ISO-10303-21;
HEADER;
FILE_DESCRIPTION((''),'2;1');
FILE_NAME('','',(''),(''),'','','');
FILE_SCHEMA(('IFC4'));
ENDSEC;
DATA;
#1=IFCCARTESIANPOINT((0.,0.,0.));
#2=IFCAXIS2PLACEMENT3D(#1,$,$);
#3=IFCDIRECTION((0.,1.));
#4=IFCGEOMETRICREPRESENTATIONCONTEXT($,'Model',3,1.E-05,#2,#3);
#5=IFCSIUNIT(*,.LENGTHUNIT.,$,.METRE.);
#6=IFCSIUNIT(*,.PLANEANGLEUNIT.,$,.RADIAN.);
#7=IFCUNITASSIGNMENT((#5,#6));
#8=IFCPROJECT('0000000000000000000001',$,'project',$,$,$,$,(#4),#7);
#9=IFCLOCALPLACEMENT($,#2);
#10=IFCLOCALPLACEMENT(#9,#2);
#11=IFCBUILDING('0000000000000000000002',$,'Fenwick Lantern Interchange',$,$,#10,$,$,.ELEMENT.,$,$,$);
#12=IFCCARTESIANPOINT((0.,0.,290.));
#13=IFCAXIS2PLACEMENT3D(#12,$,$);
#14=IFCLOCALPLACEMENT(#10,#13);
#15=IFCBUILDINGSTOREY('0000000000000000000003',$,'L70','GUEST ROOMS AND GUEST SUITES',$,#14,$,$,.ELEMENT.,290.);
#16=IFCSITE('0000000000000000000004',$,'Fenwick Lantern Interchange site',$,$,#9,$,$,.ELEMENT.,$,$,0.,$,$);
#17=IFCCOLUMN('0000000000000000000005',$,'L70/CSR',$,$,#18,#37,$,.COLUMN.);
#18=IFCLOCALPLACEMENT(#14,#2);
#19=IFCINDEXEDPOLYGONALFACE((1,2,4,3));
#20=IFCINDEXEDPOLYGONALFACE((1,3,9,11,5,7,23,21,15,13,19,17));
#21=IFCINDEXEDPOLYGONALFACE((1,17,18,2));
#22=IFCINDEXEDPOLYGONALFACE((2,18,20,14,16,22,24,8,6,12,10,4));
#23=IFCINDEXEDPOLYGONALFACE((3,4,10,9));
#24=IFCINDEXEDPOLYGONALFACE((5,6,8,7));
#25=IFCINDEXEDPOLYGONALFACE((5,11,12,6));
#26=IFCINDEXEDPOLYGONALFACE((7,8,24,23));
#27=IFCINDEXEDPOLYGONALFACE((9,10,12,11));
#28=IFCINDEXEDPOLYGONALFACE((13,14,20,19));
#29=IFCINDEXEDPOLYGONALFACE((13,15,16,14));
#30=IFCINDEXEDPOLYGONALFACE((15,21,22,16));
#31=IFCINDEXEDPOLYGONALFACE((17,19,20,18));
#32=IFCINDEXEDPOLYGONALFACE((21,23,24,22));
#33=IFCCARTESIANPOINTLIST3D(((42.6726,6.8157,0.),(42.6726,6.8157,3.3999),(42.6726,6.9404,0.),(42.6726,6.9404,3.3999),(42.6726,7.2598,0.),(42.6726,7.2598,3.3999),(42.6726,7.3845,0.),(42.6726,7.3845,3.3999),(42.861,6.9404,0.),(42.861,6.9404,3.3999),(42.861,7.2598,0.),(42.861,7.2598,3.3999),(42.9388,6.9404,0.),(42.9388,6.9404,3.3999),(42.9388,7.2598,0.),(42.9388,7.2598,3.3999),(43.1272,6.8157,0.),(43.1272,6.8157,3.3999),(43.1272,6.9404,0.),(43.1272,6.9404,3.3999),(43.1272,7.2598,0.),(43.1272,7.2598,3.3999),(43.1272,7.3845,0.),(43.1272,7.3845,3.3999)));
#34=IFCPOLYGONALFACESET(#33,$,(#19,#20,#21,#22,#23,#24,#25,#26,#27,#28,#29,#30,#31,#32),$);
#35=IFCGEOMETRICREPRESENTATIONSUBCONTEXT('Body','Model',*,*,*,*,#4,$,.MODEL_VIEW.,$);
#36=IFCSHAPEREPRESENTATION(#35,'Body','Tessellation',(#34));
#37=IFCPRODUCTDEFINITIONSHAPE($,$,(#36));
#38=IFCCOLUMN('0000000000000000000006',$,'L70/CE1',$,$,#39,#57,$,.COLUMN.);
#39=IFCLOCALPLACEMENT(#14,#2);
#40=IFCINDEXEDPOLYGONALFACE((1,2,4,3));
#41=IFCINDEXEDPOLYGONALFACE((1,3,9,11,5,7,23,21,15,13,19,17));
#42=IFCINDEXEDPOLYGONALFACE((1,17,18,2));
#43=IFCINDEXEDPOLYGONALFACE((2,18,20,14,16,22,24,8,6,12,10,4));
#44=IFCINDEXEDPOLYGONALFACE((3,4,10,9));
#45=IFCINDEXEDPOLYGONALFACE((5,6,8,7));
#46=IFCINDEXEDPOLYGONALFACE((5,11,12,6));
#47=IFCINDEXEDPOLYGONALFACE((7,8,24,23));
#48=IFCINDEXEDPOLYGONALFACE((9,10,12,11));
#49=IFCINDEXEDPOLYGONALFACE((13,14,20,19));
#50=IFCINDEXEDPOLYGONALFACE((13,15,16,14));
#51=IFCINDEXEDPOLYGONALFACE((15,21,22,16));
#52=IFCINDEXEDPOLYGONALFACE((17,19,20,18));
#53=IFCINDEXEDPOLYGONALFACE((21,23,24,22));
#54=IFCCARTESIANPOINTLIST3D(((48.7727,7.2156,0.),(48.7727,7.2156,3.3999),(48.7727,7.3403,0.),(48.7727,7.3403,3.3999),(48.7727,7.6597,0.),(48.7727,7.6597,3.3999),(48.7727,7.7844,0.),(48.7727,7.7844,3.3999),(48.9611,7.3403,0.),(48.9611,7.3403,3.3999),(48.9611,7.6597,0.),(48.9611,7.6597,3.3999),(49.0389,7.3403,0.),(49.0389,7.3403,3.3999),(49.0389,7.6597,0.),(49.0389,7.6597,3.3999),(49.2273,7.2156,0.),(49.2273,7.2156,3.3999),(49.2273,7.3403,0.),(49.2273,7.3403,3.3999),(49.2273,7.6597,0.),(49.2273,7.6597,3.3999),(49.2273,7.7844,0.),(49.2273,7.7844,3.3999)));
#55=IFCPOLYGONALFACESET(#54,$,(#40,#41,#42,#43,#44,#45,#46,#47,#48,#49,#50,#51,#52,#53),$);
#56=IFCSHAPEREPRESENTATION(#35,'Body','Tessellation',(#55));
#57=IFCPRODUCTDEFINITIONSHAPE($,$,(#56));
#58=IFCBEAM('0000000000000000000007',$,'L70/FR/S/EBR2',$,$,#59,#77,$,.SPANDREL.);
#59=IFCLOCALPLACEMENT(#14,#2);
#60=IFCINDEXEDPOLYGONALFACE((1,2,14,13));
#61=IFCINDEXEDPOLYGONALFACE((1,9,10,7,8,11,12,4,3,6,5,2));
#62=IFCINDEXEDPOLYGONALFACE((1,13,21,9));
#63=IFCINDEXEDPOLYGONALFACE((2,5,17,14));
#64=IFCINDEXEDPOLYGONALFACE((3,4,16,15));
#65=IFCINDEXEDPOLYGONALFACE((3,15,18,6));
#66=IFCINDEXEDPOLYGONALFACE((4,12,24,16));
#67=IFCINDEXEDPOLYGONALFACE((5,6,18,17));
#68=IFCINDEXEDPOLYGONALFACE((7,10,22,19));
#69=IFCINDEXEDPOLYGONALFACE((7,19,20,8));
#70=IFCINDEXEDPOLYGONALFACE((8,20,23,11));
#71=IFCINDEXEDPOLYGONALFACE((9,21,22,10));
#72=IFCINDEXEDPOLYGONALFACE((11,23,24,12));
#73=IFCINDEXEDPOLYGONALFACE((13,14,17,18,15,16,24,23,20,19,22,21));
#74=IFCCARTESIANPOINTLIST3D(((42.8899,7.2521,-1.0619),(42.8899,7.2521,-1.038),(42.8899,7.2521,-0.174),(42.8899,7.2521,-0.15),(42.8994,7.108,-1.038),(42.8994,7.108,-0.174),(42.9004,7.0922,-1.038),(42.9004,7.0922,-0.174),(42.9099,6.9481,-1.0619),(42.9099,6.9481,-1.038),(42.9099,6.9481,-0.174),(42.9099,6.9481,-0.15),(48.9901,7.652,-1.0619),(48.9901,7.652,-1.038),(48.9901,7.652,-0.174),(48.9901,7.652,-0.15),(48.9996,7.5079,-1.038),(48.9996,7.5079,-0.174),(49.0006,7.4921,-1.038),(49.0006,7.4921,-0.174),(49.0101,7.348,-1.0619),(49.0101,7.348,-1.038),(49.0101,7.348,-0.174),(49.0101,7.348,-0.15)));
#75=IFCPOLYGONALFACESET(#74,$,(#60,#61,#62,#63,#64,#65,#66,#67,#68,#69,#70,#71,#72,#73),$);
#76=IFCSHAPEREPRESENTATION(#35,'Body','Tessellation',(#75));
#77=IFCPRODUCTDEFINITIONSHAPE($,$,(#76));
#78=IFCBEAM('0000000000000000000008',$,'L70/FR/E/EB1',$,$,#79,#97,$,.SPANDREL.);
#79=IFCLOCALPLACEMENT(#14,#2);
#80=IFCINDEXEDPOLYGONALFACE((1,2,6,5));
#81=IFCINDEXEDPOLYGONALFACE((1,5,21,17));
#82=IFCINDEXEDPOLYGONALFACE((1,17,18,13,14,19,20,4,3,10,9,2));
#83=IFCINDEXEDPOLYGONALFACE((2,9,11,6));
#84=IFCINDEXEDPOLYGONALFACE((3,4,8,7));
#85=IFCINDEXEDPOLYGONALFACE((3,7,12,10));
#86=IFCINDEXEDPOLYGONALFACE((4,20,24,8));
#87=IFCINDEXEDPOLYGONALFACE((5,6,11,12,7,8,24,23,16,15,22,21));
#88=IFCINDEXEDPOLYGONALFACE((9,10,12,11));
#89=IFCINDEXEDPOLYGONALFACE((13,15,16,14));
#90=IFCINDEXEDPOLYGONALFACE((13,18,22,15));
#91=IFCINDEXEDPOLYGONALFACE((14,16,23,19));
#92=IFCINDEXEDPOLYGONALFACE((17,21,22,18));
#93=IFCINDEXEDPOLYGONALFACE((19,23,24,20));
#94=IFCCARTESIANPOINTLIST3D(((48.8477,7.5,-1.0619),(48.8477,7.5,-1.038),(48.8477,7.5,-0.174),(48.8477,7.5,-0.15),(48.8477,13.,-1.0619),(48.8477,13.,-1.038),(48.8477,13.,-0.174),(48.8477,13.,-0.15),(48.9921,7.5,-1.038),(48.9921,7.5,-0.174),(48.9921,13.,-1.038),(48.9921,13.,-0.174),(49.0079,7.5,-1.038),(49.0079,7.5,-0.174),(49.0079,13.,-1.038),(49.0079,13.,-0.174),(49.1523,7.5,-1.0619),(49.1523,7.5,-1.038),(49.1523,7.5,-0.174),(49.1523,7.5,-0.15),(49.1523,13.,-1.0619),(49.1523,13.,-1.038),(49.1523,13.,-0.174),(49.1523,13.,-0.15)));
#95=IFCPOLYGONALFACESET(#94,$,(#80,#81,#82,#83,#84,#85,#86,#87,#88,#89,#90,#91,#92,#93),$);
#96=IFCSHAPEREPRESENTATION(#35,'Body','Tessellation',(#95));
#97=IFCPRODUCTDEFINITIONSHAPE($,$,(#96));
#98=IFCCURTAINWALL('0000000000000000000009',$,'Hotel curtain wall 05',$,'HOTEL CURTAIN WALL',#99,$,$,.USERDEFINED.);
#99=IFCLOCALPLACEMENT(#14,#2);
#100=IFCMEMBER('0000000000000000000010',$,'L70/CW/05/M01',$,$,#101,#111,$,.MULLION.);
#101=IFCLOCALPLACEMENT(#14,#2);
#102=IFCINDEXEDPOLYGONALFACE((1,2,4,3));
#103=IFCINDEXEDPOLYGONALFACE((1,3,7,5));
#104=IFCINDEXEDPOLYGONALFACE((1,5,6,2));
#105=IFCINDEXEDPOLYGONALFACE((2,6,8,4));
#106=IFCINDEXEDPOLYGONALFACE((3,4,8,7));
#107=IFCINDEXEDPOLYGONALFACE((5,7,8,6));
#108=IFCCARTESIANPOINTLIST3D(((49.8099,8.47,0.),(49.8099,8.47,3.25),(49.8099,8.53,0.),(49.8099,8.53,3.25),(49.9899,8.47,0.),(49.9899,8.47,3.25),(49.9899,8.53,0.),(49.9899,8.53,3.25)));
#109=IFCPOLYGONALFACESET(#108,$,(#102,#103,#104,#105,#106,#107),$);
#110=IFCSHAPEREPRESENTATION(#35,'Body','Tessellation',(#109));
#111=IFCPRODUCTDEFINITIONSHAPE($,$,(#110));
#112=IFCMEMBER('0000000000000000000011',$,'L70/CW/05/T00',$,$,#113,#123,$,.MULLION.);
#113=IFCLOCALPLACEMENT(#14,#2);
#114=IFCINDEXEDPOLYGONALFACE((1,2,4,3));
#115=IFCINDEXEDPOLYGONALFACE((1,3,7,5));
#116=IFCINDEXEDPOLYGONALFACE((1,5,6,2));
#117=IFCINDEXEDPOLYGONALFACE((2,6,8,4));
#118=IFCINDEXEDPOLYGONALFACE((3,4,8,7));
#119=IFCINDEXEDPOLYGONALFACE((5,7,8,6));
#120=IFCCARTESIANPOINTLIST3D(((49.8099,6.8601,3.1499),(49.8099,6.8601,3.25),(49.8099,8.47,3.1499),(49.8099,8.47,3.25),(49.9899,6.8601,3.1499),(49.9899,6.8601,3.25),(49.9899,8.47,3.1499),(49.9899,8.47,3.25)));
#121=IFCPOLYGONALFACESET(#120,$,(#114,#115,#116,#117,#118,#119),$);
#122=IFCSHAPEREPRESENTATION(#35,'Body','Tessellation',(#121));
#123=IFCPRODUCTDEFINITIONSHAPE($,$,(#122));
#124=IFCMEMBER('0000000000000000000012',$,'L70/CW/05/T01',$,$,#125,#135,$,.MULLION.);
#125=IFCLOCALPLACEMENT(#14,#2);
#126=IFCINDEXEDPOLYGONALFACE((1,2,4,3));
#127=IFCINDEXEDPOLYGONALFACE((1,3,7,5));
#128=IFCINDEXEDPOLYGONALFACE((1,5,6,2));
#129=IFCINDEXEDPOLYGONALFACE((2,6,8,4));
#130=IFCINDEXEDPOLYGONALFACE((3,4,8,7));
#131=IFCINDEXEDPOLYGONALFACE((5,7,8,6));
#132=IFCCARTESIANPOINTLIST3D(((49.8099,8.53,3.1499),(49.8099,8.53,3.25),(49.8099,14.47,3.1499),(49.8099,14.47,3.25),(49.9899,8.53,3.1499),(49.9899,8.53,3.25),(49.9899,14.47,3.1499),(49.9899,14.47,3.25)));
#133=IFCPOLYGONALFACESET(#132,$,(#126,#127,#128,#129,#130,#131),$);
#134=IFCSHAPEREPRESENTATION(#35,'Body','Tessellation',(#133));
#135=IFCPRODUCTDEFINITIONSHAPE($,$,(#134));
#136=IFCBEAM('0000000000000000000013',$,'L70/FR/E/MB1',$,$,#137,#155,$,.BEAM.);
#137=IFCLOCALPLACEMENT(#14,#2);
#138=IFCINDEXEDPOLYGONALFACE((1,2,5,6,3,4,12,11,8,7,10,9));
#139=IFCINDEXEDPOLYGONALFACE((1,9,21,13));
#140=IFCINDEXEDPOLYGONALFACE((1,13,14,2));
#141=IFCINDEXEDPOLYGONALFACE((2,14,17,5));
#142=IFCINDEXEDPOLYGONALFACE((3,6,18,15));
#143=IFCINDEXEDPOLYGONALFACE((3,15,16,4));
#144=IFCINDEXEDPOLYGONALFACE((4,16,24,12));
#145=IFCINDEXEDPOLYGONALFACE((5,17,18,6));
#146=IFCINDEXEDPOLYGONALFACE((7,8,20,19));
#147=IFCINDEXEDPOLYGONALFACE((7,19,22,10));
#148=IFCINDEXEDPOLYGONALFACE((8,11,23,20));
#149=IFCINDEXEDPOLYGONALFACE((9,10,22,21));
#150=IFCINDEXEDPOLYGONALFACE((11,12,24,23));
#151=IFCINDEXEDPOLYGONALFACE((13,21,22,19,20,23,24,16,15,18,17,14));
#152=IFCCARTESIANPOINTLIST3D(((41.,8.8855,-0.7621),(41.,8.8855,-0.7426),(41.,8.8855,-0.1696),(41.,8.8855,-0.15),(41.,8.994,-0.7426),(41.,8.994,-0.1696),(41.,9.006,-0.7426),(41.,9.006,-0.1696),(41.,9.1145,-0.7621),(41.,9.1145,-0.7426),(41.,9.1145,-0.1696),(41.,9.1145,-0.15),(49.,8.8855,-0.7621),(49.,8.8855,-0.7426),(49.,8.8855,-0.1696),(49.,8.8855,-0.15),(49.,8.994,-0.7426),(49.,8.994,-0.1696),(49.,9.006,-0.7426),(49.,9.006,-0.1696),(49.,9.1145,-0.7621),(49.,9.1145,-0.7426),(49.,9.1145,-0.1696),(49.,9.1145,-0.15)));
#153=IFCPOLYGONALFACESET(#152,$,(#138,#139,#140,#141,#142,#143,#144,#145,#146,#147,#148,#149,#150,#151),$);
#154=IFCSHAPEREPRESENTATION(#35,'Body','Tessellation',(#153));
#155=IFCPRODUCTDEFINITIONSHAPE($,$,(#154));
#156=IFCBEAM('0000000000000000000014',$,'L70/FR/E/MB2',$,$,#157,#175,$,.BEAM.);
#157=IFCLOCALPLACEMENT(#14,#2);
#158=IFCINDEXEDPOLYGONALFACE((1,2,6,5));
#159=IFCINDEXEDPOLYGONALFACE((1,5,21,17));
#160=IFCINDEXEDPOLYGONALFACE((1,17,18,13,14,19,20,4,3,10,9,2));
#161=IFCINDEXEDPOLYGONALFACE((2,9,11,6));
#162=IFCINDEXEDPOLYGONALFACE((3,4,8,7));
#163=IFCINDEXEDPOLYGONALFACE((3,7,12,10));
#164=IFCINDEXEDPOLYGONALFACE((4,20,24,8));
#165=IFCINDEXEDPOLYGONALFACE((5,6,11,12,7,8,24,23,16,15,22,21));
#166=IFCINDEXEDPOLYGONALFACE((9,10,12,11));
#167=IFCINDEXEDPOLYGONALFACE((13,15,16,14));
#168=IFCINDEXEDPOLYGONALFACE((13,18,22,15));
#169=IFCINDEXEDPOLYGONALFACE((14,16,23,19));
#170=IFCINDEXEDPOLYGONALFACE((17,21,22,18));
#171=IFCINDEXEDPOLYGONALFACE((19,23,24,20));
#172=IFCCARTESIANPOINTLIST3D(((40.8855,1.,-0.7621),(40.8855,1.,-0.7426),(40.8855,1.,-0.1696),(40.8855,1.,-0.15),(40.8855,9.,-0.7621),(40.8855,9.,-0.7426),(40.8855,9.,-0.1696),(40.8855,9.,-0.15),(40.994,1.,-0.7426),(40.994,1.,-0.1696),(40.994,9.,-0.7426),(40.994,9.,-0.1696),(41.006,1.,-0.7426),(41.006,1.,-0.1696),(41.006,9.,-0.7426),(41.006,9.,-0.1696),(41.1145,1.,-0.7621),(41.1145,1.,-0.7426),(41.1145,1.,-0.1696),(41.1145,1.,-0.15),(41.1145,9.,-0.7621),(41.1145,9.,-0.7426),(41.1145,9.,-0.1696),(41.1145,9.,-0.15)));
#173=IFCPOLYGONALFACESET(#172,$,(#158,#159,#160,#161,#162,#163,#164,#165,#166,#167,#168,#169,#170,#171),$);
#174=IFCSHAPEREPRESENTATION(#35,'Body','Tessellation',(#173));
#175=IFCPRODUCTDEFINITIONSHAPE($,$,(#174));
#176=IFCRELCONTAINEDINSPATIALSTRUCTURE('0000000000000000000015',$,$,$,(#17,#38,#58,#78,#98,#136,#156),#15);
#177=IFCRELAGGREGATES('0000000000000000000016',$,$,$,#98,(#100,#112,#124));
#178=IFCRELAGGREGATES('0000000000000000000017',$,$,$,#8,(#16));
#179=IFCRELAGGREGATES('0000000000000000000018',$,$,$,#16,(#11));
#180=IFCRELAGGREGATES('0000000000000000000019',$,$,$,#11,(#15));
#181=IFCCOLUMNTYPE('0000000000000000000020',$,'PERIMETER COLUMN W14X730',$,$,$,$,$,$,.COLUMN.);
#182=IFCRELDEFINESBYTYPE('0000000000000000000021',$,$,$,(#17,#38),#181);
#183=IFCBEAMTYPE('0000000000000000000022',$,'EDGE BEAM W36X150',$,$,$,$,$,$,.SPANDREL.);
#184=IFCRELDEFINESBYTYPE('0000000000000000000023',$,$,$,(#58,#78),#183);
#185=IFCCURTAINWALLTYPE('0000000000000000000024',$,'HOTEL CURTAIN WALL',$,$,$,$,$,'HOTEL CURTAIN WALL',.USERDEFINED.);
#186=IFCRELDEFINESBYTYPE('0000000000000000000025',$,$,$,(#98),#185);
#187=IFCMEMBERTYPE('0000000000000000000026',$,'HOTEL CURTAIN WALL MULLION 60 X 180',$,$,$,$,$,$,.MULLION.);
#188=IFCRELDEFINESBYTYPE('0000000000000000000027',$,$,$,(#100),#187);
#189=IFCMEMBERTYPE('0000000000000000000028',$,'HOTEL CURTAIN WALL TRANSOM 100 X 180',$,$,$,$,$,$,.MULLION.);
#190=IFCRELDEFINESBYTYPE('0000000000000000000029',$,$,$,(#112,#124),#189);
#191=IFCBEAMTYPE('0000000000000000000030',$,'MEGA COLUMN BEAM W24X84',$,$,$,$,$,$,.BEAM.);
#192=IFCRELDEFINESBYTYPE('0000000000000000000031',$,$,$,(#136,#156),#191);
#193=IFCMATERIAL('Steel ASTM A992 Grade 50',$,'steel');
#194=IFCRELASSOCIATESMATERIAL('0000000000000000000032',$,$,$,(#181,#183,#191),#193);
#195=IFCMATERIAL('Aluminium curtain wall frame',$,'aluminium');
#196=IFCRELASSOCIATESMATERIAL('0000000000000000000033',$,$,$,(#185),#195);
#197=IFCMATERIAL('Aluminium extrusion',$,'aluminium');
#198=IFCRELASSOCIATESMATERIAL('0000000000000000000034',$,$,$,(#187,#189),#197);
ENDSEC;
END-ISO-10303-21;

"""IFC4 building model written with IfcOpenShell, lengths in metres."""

from ifc_helpers import new_model, si_unit, direction, frame, origin, origin_2d, place, context, subcontext, project, spatial, rectangle, i_section, extrude, material, material_profile, profile_set, type_object, element, aggregate, save


model = new_model("IFC4")

# Units and contexts
model_context = context("Model", 3, precision=1e-05, world=origin(), true_north=direction((0.0, 1.0)))
body_context = subcontext(model_context, "Body", "Model", "MODEL_VIEW")
ifc_project = project(units=[si_unit("LENGTHUNIT", "METRE"), si_unit("PLANEANGLEUNIT", "RADIAN")], contexts=[model_context])

# Site, building, storey
site_placement = place(None, origin())
site = spatial("IfcSite", under=ifc_project, at=site_placement, Name="Fenwick Lantern Interchange site", CompositionType="ELEMENT", RefElevation=0.0)
building_placement = place(site_placement, origin())
building = spatial("IfcBuilding", under=site, at=building_placement, Name="Fenwick Lantern Interchange", CompositionType="ELEMENT")
storey_placement = place(building_placement, frame((0.0, 0.0, 290.0)))
storey = spatial("IfcBuildingStorey", under=building, at=storey_placement, Name="L70", Description="GUEST ROOMS AND GUEST SUITES", CompositionType="ELEMENT", Elevation=290.0)

# Columns
ifc_material_1 = material(Name="Steel ASTM A992 Grade 50", Category="steel")
ifc_material_profile_1 = material_profile(ifc_material_1, i_section(OverallWidth=0.4546, OverallDepth=0.5688, WebThickness=0.0779, FlangeThickness=0.1248, at=origin_2d()), Name="W14X730")
ifc_profile_set_1 = profile_set([ifc_material_profile_1], Name="Steel ASTM A992 Grade 50")
column_type = type_object("IfcColumnType", Name="PERIMETER COLUMN W14X730", PredefinedType="COLUMN", material=ifc_profile_set_1)
for number, where, z_axis, x_axis, name in (
    (1, (42.8999, 7.1001, 0.0), (0.0, 0.0, 1.0), (1.0, 0.0, 0.0), "L70/CSR"),
    (2, (49.0, 7.5, 0.0), (0.0, 0.0, 1.0), (1.0, 0.0, 0.0), "L70/CE1"),
):
    element("IfcColumn", number, at=place(storey_placement, frame(where, z_axis=z_axis, x_axis=x_axis)), inside=storey, type_object=column_type, Name=name, PredefinedType="COLUMN", context=body_context, shape_type="SweptSolid", body=[
        extrude(i_section(OverallWidth=0.4546, OverallDepth=0.5688, WebThickness=0.0779, FlangeThickness=0.1248, at=origin_2d()), origin(), (0.0, 0.0, 1.0), 3.3999),
    ])

# Beams
ifc_material_profile_2 = material_profile(ifc_material_1, i_section(OverallWidth=0.3047, OverallDepth=0.9119, WebThickness=0.0159, FlangeThickness=0.0239, at=origin_2d()), Name="W36X150")
ifc_profile_set_2 = profile_set([ifc_material_profile_2], Name="Steel ASTM A992 Grade 50")
beam_type_1 = type_object("IfcBeamType", Name="EDGE BEAM W36X150", PredefinedType="SPANDREL", material=ifc_profile_set_2)
beam_1_placement = place(storey_placement, frame((42.8999, 7.1001, -0.606), z_axis=(0.997858, 0.065416, 0.0), x_axis=(-0.065416, 0.997858, 0.0)))
element("IfcBeam", 3, at=beam_1_placement, inside=storey, type_object=beam_type_1, Name="L70/FR/S/EBR2", PredefinedType="SPANDREL", context=body_context, shape_type="SweptSolid", body=[
    extrude(i_section(OverallWidth=0.3047, OverallDepth=0.9119, WebThickness=0.0159, FlangeThickness=0.0239, at=origin_2d()), origin(), (0.0, 0.0, 1.0), 6.1133),
])
beam_2_placement = place(storey_placement, frame((49.0, 7.5, -0.606), z_axis=(0.0, 1.0, 0.0), x_axis=(-1.0, 0.0, 0.0)))
element("IfcBeam", 4, at=beam_2_placement, inside=storey, type_object=beam_type_1, Name="L70/FR/E/EB1", PredefinedType="SPANDREL", context=body_context, shape_type="SweptSolid", body=[
    extrude(i_section(OverallWidth=0.3047, OverallDepth=0.9119, WebThickness=0.0159, FlangeThickness=0.0239, at=origin_2d()), origin(), (0.0, 0.0, 1.0), 5.5),
])

# Curtain wall, members
ifc_material_2 = material(Name="Aluminium curtain wall frame", Category="aluminium")
curtain_wall_type = type_object("IfcCurtainWallType", Name="HOTEL CURTAIN WALL", ElementType="HOTEL CURTAIN WALL", PredefinedType="USERDEFINED", material=ifc_material_2)
curtain_wall_placement = place(storey_placement, origin())
curtain_wall = element("IfcCurtainWall", 5, at=curtain_wall_placement, inside=storey, type_object=curtain_wall_type, Name="Hotel curtain wall 05", ObjectType="HOTEL CURTAIN WALL", PredefinedType="USERDEFINED")
ifc_material_3 = material(Name="Aluminium extrusion", Category="aluminium")
ifc_material_profile_3 = material_profile(ifc_material_3, rectangle(XDim=0.1799, YDim=0.0601, at=origin_2d()), Name="HOTEL CURTAIN WALL MULLION 60 X 180")
ifc_profile_set_3 = profile_set([ifc_material_profile_3], Name="Aluminium extrusion")
member_type_1 = type_object("IfcMemberType", Name="HOTEL CURTAIN WALL MULLION 60 X 180", PredefinedType="MULLION", material=ifc_profile_set_3)
member_1_placement = place(storey_placement, frame((49.8999, 8.5, 0.0), z_axis=(0.0, 0.0, 1.0), x_axis=(-1.0, 0.0, 0.0)))
member_1 = element("IfcMember", 6, at=member_1_placement, type_object=member_type_1, Name="L70/CW/05/M01", PredefinedType="MULLION", context=body_context, shape_type="SweptSolid", body=[
    extrude(rectangle(XDim=0.1799, YDim=0.0601, at=origin_2d()), origin(), (0.0, 0.0, 1.0), 3.25),
])
ifc_material_profile_4 = material_profile(ifc_material_3, rectangle(XDim=0.1799, YDim=0.1001, at=origin_2d()), Name="HOTEL CURTAIN WALL TRANSOM 100 X 180")
ifc_profile_set_4 = profile_set([ifc_material_profile_4], Name="Aluminium extrusion")
member_type_2 = type_object("IfcMemberType", Name="HOTEL CURTAIN WALL TRANSOM 100 X 180", PredefinedType="MULLION", material=ifc_profile_set_4)
member_2_placement = place(storey_placement, frame((49.8999, 6.8601, 3.2), z_axis=(0.0, 1.0, 0.0), x_axis=(-1.0, 0.0, 0.0)))
member_2 = element("IfcMember", 7, at=member_2_placement, type_object=member_type_2, Name="L70/CW/05/T00", PredefinedType="MULLION", context=body_context, shape_type="SweptSolid", body=[
    extrude(rectangle(XDim=0.1799, YDim=0.1001, at=origin_2d()), origin(), (0.0, 0.0, 1.0), 1.6099),
])
member_3_placement = place(storey_placement, frame((49.8999, 8.53, 3.2), z_axis=(0.0, 1.0, 0.0), x_axis=(-1.0, 0.0, 0.0)))
member_3 = element("IfcMember", 8, at=member_3_placement, type_object=member_type_2, Name="L70/CW/05/T01", PredefinedType="MULLION", context=body_context, shape_type="SweptSolid", body=[
    extrude(rectangle(XDim=0.1799, YDim=0.1001, at=origin_2d()), origin(), (0.0, 0.0, 1.0), 5.9399),
])

# Beams
ifc_material_profile_5 = material_profile(ifc_material_1, i_section(OverallWidth=0.229, OverallDepth=0.6121, WebThickness=0.012, FlangeThickness=0.0195, at=origin_2d()), Name="W24X84")
ifc_profile_set_5 = profile_set([ifc_material_profile_5], Name="Steel ASTM A992 Grade 50")
beam_type_2 = type_object("IfcBeamType", Name="MEGA COLUMN BEAM W24X84", PredefinedType="BEAM", material=ifc_profile_set_5)
for number, where, z_axis, x_axis, name in (
    (9, (41.0, 9.0, -0.4561), (1.0, 0.0, 0.0), (0.0, 1.0, 0.0), "L70/FR/E/MB1"),
    (10, (41.0, 9.0, -0.4561), (0.0, -1.0, 0.0), (1.0, 0.0, 0.0), "L70/FR/E/MB2"),
):
    element("IfcBeam", number, at=place(storey_placement, frame(where, z_axis=z_axis, x_axis=x_axis)), inside=storey, type_object=beam_type_2, Name=name, PredefinedType="BEAM", context=body_context, shape_type="SweptSolid", body=[
        extrude(i_section(OverallWidth=0.229, OverallDepth=0.6121, WebThickness=0.012, FlangeThickness=0.0195, at=origin_2d()), origin(), (0.0, 0.0, 1.0), 8.0),
    ])

aggregate(curtain_wall, [member_1, member_2, member_3])

save(model, "model.ifc")
